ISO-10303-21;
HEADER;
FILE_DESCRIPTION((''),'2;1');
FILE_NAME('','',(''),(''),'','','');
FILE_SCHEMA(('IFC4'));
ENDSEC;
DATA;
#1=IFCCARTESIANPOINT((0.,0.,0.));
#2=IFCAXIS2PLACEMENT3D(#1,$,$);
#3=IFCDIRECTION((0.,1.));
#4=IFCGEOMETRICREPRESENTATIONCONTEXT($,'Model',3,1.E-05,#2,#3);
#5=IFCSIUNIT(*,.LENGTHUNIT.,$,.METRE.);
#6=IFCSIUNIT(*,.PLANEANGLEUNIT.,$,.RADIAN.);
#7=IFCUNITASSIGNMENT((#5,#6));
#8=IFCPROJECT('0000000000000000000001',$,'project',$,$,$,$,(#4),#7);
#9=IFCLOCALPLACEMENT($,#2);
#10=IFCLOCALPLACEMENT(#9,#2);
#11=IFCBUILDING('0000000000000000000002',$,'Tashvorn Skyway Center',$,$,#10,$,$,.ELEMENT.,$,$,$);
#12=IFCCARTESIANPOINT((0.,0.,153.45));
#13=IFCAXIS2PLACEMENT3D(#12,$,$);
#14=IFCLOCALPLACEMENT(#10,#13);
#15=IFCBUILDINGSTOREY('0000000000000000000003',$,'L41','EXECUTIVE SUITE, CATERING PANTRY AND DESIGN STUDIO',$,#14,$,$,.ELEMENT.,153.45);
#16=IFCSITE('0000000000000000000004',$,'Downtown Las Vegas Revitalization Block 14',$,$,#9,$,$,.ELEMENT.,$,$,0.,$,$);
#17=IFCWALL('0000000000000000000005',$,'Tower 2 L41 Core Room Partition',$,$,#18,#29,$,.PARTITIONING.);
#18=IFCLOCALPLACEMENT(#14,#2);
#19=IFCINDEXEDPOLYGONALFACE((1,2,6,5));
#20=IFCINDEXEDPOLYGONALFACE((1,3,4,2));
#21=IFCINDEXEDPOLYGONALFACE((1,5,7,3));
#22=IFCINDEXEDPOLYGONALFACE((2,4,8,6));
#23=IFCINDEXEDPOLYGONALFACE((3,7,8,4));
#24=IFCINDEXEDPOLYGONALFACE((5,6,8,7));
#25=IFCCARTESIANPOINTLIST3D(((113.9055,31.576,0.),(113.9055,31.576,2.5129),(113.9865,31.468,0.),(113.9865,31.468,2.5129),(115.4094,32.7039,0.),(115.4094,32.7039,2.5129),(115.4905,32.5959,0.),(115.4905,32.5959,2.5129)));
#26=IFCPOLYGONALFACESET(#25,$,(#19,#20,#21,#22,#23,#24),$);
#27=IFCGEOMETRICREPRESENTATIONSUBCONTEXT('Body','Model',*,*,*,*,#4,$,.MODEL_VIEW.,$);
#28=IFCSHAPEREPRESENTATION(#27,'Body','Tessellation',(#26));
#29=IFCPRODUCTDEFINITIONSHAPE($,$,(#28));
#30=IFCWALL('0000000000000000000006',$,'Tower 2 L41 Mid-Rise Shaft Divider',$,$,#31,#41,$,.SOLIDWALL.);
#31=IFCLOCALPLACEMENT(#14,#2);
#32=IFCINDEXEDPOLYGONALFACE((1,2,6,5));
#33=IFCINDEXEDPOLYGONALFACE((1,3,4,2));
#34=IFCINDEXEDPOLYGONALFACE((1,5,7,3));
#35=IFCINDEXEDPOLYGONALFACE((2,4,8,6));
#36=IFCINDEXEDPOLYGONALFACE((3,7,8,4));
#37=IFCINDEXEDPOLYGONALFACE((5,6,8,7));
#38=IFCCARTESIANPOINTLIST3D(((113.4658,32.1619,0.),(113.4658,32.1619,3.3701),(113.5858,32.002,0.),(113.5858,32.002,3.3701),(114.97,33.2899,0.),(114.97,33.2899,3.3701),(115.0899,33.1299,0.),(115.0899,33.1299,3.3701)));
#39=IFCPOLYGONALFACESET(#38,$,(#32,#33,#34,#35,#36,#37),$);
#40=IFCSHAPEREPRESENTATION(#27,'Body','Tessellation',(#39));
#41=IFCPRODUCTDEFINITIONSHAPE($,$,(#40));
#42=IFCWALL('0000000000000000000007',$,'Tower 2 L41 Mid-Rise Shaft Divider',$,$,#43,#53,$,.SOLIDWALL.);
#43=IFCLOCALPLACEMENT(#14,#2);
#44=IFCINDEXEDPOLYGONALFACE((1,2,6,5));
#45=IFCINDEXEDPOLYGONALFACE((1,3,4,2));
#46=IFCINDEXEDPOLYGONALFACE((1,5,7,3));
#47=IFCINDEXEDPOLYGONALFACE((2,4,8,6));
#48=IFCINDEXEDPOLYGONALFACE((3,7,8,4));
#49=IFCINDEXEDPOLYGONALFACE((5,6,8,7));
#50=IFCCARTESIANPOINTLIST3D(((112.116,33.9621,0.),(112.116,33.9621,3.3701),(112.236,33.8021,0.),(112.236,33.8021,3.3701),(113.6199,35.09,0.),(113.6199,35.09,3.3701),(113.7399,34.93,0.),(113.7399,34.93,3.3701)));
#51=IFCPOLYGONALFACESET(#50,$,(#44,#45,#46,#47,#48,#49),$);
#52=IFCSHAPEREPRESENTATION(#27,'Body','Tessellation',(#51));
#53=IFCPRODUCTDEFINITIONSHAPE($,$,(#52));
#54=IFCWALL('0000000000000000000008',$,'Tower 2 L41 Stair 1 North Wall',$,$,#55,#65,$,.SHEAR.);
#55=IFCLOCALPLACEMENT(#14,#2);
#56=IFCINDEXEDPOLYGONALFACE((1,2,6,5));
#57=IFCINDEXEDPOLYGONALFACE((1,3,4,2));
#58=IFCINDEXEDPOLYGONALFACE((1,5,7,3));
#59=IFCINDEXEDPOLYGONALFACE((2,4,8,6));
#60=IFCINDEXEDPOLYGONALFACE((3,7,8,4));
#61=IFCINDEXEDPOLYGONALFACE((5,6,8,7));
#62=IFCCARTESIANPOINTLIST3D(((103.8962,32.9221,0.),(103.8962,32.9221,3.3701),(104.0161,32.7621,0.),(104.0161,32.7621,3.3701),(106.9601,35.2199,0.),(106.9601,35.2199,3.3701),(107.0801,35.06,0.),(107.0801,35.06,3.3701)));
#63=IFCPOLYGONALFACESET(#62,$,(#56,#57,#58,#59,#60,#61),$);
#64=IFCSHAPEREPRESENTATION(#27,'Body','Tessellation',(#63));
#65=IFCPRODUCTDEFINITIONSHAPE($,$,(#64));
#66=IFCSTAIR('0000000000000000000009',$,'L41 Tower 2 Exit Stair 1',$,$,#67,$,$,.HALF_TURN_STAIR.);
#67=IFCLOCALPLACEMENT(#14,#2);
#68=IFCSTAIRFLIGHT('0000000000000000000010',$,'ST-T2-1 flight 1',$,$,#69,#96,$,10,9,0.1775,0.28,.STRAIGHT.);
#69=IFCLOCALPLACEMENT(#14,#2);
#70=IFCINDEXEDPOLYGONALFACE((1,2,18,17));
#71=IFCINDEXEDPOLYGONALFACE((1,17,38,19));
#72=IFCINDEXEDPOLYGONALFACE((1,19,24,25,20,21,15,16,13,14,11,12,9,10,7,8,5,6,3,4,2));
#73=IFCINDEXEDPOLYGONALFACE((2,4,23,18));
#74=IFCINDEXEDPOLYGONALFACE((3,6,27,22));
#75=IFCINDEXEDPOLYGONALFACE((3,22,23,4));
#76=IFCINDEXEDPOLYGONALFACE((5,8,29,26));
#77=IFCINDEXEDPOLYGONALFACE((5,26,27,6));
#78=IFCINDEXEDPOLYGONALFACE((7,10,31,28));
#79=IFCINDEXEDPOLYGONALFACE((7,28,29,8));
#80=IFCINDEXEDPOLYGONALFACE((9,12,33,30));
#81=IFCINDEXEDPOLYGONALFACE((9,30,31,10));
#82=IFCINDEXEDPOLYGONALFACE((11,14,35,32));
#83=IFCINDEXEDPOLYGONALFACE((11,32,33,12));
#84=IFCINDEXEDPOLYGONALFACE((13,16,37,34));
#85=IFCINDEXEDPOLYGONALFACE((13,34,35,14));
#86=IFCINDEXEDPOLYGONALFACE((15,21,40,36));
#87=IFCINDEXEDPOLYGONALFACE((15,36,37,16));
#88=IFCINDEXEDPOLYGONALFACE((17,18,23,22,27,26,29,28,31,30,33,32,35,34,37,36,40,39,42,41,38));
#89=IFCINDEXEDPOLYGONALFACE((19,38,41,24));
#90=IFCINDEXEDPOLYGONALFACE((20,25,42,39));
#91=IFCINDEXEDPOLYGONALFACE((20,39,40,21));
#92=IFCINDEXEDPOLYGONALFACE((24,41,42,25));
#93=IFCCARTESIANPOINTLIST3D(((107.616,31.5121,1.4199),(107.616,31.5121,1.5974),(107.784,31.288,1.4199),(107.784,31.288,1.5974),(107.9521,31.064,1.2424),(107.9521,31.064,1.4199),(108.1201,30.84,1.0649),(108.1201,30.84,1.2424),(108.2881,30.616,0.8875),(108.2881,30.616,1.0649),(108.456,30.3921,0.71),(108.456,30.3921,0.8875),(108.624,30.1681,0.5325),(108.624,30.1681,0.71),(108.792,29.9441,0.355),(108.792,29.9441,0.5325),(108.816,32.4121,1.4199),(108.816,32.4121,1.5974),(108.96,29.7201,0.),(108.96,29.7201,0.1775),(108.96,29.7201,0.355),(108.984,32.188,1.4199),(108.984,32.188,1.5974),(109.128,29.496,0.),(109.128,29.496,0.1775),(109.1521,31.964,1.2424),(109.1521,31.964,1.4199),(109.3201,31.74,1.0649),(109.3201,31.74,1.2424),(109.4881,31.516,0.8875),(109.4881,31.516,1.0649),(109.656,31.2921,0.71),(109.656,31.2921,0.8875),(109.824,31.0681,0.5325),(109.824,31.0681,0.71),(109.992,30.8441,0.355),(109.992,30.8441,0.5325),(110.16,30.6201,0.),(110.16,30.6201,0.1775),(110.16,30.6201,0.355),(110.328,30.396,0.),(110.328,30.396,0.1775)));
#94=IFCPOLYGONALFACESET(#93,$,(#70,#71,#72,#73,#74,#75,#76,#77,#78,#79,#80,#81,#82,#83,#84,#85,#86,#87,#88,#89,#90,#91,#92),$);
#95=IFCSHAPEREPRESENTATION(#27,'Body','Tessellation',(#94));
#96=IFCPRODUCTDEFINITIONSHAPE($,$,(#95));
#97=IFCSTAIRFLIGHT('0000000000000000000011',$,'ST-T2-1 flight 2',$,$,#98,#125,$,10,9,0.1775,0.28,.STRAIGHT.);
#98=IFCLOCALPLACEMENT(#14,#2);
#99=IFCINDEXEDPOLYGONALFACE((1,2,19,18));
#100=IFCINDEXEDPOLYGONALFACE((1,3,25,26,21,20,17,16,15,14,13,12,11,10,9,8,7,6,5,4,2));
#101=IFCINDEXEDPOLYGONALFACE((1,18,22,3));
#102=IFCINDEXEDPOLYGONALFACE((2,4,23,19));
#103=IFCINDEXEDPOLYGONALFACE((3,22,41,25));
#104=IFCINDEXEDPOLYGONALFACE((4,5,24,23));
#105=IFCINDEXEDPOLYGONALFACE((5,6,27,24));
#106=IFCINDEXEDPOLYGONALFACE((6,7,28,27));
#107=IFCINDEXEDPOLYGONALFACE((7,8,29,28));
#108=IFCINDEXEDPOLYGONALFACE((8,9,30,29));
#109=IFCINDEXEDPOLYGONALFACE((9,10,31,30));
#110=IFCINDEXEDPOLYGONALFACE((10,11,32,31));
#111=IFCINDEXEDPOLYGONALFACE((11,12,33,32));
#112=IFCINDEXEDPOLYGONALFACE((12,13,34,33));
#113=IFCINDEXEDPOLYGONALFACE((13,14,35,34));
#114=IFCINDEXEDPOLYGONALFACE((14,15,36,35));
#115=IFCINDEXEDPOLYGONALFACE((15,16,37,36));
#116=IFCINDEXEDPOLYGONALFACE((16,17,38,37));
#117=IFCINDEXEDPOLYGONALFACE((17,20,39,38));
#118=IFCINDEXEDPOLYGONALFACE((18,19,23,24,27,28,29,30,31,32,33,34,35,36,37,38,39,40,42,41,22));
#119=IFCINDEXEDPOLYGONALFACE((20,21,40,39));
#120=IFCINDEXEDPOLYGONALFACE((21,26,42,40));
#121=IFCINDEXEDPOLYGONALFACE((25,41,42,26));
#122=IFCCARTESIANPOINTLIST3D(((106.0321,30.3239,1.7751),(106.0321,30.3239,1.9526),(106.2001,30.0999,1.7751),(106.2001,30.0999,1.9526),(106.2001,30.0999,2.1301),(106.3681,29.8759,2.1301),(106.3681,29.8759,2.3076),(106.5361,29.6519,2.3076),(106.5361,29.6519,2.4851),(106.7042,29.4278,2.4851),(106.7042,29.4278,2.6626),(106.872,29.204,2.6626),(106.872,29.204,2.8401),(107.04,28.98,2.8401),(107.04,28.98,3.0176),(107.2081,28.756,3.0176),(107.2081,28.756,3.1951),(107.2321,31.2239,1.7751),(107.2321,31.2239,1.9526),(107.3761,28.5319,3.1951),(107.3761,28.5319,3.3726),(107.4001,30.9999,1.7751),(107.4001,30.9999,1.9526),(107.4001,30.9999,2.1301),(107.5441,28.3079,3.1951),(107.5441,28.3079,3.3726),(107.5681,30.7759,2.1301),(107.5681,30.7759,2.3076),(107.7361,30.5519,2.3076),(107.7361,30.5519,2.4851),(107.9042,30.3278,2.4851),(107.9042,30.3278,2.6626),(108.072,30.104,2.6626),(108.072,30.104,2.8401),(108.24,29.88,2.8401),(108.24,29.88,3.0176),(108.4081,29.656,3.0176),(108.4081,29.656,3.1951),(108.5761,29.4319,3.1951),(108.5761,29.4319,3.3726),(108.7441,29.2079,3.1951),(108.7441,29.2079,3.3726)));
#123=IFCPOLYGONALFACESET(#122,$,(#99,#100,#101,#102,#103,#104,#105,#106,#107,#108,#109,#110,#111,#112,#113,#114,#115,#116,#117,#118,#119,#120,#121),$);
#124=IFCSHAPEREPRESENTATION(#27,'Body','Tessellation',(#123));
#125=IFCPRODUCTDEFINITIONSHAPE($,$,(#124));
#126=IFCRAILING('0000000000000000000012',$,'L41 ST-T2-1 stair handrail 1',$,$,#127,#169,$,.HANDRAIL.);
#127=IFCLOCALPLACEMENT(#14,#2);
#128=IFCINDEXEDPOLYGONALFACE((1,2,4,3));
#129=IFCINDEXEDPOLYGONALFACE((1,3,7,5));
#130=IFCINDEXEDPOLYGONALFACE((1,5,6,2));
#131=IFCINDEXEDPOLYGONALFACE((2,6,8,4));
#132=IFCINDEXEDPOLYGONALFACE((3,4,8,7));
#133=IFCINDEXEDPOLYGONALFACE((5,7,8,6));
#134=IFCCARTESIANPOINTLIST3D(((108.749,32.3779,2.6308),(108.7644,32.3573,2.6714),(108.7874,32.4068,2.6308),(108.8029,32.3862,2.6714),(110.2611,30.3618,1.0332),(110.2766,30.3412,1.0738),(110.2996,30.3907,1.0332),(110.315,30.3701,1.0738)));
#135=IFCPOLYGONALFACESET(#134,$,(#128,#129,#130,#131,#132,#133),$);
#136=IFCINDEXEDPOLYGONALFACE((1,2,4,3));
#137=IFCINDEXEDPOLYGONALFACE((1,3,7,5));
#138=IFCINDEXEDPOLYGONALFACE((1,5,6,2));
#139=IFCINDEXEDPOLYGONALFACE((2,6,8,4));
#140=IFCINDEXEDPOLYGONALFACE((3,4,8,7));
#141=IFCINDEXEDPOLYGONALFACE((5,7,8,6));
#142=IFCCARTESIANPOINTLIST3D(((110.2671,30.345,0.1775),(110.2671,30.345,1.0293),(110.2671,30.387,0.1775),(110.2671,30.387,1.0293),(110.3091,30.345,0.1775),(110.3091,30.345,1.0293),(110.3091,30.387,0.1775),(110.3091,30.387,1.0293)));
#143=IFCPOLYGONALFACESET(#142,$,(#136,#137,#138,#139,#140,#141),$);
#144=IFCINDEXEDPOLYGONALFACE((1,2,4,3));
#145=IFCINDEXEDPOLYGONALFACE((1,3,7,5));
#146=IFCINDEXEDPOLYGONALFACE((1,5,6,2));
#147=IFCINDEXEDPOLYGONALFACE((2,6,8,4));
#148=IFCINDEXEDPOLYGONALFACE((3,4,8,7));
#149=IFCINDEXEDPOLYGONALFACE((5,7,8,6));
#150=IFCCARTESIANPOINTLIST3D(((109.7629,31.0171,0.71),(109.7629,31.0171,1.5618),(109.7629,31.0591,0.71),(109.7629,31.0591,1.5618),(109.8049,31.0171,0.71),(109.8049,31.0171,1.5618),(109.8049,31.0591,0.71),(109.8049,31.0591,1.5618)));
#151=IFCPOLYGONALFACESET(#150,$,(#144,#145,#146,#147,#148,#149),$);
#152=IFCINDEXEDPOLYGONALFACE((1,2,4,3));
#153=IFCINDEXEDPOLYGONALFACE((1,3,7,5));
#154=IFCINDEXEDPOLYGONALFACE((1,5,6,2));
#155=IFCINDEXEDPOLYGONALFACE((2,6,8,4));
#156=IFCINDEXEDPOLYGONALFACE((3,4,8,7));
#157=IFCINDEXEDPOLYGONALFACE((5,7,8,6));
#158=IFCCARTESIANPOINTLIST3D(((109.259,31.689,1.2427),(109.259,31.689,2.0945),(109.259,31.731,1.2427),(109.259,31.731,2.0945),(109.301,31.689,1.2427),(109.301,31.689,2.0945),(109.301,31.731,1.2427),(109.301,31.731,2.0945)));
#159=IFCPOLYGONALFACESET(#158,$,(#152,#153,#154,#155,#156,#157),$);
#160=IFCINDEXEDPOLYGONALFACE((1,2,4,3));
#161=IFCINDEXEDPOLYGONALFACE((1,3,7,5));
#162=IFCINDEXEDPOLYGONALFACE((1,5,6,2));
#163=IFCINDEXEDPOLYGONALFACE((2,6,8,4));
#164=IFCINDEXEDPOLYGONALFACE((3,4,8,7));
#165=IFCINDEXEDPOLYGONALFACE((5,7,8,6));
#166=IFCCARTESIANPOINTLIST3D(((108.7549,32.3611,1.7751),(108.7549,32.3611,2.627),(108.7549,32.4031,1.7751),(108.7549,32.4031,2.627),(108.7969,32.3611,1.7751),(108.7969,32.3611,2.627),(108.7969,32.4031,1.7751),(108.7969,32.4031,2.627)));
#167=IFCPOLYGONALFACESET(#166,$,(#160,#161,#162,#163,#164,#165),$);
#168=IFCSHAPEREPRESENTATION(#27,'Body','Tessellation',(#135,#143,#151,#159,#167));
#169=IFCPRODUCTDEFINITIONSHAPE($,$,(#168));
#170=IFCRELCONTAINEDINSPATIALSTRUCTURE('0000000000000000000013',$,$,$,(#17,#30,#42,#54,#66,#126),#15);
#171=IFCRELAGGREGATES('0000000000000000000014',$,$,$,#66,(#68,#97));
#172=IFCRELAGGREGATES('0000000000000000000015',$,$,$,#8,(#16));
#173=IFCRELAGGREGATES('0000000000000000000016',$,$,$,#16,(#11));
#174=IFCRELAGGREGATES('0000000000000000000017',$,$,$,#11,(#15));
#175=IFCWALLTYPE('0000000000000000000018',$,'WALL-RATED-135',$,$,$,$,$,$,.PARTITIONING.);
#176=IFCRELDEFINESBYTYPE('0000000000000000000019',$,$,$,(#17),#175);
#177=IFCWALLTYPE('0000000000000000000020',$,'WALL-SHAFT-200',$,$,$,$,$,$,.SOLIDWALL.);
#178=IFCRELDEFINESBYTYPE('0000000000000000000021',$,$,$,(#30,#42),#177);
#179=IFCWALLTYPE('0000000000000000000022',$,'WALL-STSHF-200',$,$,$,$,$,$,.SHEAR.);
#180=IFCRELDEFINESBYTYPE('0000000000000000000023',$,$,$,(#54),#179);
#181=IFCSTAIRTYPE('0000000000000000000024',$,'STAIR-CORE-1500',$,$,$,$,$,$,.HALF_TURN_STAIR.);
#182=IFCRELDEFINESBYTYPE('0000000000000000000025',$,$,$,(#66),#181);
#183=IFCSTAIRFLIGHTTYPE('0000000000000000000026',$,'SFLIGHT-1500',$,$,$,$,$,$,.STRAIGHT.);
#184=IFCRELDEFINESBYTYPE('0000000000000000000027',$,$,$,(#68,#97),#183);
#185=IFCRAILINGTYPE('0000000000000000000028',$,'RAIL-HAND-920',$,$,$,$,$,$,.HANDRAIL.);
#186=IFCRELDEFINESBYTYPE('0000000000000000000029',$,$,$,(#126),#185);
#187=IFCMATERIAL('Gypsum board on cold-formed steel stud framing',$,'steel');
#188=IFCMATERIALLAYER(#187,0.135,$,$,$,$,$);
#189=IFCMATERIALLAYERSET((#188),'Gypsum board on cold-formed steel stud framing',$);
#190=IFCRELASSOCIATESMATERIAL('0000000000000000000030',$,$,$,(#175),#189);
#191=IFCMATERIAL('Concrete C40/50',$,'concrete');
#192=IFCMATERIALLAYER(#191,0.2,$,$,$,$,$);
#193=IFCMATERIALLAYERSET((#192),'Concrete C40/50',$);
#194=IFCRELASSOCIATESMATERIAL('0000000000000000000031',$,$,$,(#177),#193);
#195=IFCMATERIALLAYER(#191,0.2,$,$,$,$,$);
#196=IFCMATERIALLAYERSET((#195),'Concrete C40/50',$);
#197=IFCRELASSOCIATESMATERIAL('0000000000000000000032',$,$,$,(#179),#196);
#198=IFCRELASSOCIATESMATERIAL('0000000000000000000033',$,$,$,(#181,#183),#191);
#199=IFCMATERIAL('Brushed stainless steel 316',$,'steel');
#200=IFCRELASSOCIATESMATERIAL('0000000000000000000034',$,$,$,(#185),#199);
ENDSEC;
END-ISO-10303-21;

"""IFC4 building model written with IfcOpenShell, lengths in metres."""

from ifc_helpers import new_model, si_unit, direction, frame, frame_2d, origin, origin_2d, place, context, subcontext, project, spatial, polyline, rectangle, outline, extrude, material, layer, layer_set, type_object, element, aggregate, save


model = new_model("IFC4")

# Units and contexts
model_context = context("Model", 3, precision=1e-05, world=origin(), true_north=direction((0.0, 1.0)))
body_context = subcontext(model_context, "Body", "Model", "MODEL_VIEW")
ifc_project = project(units=[si_unit("LENGTHUNIT", "METRE"), si_unit("PLANEANGLEUNIT", "RADIAN")], contexts=[model_context])

# Site, building, storey
site_placement = place(None, origin())
site = spatial("IfcSite", under=ifc_project, at=site_placement, Name="Downtown Las Vegas Revitalization Block 14", CompositionType="ELEMENT", RefElevation=0.0)
building_placement = place(site_placement, origin())
building = spatial("IfcBuilding", under=site, at=building_placement, Name="Tashvorn Skyway Center", CompositionType="ELEMENT")
storey_placement = place(building_placement, frame((0.0, 0.0, 153.45)))
storey = spatial("IfcBuildingStorey", under=building, at=storey_placement, Name="L41", Description="EXECUTIVE SUITE, CATERING PANTRY AND DESIGN STUDIO", CompositionType="ELEMENT", Elevation=153.45)

# Shared definitions
ifc_material_1 = material(Name="Concrete C40/50", Category="concrete")
ifc_material_2 = material(Name="Gypsum board on cold-formed steel stud framing", Category="steel")

# Shared definitions
ifc_layer_1 = layer(ifc_material_2, 0.135)
ifc_layer_set_1 = layer_set([ifc_layer_1], Name="Gypsum board on cold-formed steel stud framing")
wall_type_1 = type_object("IfcWallType", Name="WALL-RATED-135", PredefinedType="PARTITIONING", material=ifc_layer_set_1)

# Walls
wall_1_placement = place(storey_placement, frame((113.946, 31.522, 0.0), z_axis=(0.0, 0.0, 1.0), x_axis=(0.8, 0.6, 0.0)))
element("IfcWall", 1, at=wall_1_placement, inside=storey, type_object=wall_type_1, Name="Tower 2 L41 Core Room Partition", PredefinedType="PARTITIONING", context=body_context, shape_type="SweptSolid", body=[
    extrude(rectangle(XDim=1.8799, YDim=0.135, at=frame_2d((0.9399, 0.0))), origin(), (0.0, 0.0, 1.0), 2.5129),
])
ifc_layer_2 = layer(ifc_material_1, 0.2)
ifc_layer_set_2 = layer_set([ifc_layer_2], Name="Concrete C40/50")
wall_type_2 = type_object("IfcWallType", Name="WALL-SHAFT-200", PredefinedType="SOLIDWALL", material=ifc_layer_set_2)
wall_2_placement = place(storey_placement, frame((113.5259, 32.082, 0.0), z_axis=(0.0, 0.0, 1.0), x_axis=(0.800047, 0.599938, 0.0)))
element("IfcWall", 2, at=wall_2_placement, inside=storey, type_object=wall_type_2, Name="Tower 2 L41 Mid-Rise Shaft Divider", PredefinedType="SOLIDWALL", context=body_context, shape_type="SweptSolid", body=[
    extrude(rectangle(XDim=1.8801, YDim=0.2, at=frame_2d((0.9399, 0.0))), origin(), (0.0, 0.0, 1.0), 3.3701),
])
wall_3_placement = place(storey_placement, frame((112.176, 33.8821, 0.0), z_axis=(0.0, 0.0, 1.0), x_axis=(0.8, 0.6, 0.0)))
element("IfcWall", 3, at=wall_3_placement, inside=storey, type_object=wall_type_2, Name="Tower 2 L41 Mid-Rise Shaft Divider", PredefinedType="SOLIDWALL", context=body_context, shape_type="SweptSolid", body=[
    extrude(rectangle(XDim=1.8799, YDim=0.2, at=frame_2d((0.9399, 0.0))), origin(), (0.0, 0.0, 1.0), 3.3701),
])
ifc_layer_3 = layer(ifc_material_1, 0.2)
ifc_layer_set_3 = layer_set([ifc_layer_3], Name="Concrete C40/50")
wall_type_3 = type_object("IfcWallType", Name="WALL-STSHF-200", PredefinedType="SHEAR", material=ifc_layer_set_3)
wall_4_placement = place(storey_placement, frame((103.9561, 32.842, 0.0), z_axis=(0.0, 0.0, 1.0), x_axis=(0.800015, 0.59998, 0.0)))
element("IfcWall", 4, at=wall_4_placement, inside=storey, type_object=wall_type_3, Name="Tower 2 L41 Stair 1 North Wall", PredefinedType="SHEAR", context=body_context, shape_type="SweptSolid", body=[
    extrude(rectangle(XDim=3.8298, YDim=0.2, at=frame_2d((1.915, 0.0))), origin(), (0.0, 0.0, 1.0), 3.3701),
])

# Stair, stair flights
stair_type = type_object("IfcStairType", Name="STAIR-CORE-1500", PredefinedType="HALF_TURN_STAIR", material=ifc_material_1)
stair_placement = place(storey_placement, origin())
stair = element("IfcStair", 5, at=stair_placement, inside=storey, type_object=stair_type, Name="L41 Tower 2 Exit Stair 1", PredefinedType="HALF_TURN_STAIR")
stair_flight_type = type_object("IfcStairFlightType", Name="SFLIGHT-1500", PredefinedType="STRAIGHT", material=ifc_material_1)
stair_flight_1_placement = place(storey_placement, frame((109.728, 29.946, 0.0), z_axis=(0.0, 0.0, 1.0), x_axis=(-0.6, 0.8, 0.0)))
stair_flight_1 = element("IfcStairFlight", 6, at=stair_flight_1_placement, type_object=stair_flight_type, Name="ST-T2-1 flight 1", NumberOfRisers=10, NumberOfTreads=9, PredefinedType="STRAIGHT", RiserHeight=0.1775, TreadLength=0.28, context=body_context, shape_type="SweptSolid", body=[
    extrude(outline(polyline([(0.0, 0.0), (0.0, 0.1775), (0.28, 0.1775), (0.28, 0.355), (0.5601, 0.355), (0.5601, 0.5325), (0.8401, 0.5325), (0.8401, 0.71), (1.1201, 0.71), (1.1201, 0.8875), (1.3999, 0.8875), (1.3999, 1.0649), (1.6799, 1.0649), (1.6799, 1.2424), (1.96, 1.2424), (1.96, 1.4199), (2.24, 1.4199), (2.24, 1.5974), (2.52, 1.5974), (2.52, 1.7749), (2.52, 1.4199), (0.28, 0.0), (0.0, 0.0)])), frame((0.0, 0.75, 0.0), z_axis=(0.0, -1.0, 0.0), x_axis=(1.0, 0.0, 0.0)), (0.0, 0.0, 1.0), 1.5),
])
stair_flight_2_placement = place(storey_placement, frame((106.6321, 30.7739, 1.7751), z_axis=(0.0, 0.0, 1.0), x_axis=(0.6, -0.8, 0.0)))
stair_flight_2 = element("IfcStairFlight", 7, at=stair_flight_2_placement, type_object=stair_flight_type, Name="ST-T2-1 flight 2", NumberOfRisers=10, NumberOfTreads=9, PredefinedType="STRAIGHT", RiserHeight=0.1775, TreadLength=0.28, context=body_context, shape_type="SweptSolid", body=[
    extrude(outline(polyline([(0.0, 0.0), (0.0, 0.1775), (0.28, 0.1775), (0.28, 0.355), (0.5601, 0.355), (0.5601, 0.5325), (0.8401, 0.5325), (0.8401, 0.71), (1.1201, 0.71), (1.1201, 0.8875), (1.3999, 0.8875), (1.3999, 1.0649), (1.6799, 1.0649), (1.6799, 1.2424), (1.96, 1.2424), (1.96, 1.4199), (2.24, 1.4199), (2.24, 1.5974), (2.52, 1.5974), (2.52, 1.7749), (2.52, 1.4199), (0.28, 0.0), (0.0, 0.0)])), frame((0.0, 0.75, 0.0), z_axis=(0.0, -1.0, 0.0), x_axis=(1.0, 0.0, 0.0)), (0.0, 0.0, 1.0), 1.5),
])
aggregate(stair, [stair_flight_1, stair_flight_2])

# Railing
ifc_material_3 = material(Name="Brushed stainless steel 316", Category="steel")
railing_type_1 = type_object("IfcRailingType", Name="RAIL-HAND-920", PredefinedType="HANDRAIL", material=ifc_material_3)
railing_1_placement = place(storey_placement, frame((110.2881, 30.366, 0.1775)))
element("IfcRailing", 8, at=railing_1_placement, inside=storey, type_object=railing_type_1, Name="L41 ST-T2-1 stair handrail 1", PredefinedType="HANDRAIL", context=body_context, shape_type="SweptSolid", body=[
    extrude(rectangle(XDim=0.0481, YDim=0.0481, at=origin_2d()), frame((0.0, 0.0, 0.876), z_axis=(-0.506779, 0.675651, 0.535416), x_axis=(-0.799977, -0.600031, 0.0)), (0.0, 0.0, 1.0), 2.9839),
    extrude(rectangle(XDim=0.042, YDim=0.042, at=origin_2d()), origin(), (0.0, 0.0, 1.0), 0.8518),
    extrude(rectangle(XDim=0.042, YDim=0.042, at=origin_2d()), frame((-0.5042, 0.6721, 0.5325)), (0.0, 0.0, 1.0), 0.8518),
    extrude(rectangle(XDim=0.042, YDim=0.042, at=origin_2d()), frame((-1.0081, 1.344, 1.0652)), (0.0, 0.0, 1.0), 0.8518),
    extrude(rectangle(XDim=0.042, YDim=0.042, at=origin_2d()), frame((-1.5122, 2.0161, 1.5977)), (0.0, 0.0, 1.0), 0.8518),
])

save(model, "model.ifc")
